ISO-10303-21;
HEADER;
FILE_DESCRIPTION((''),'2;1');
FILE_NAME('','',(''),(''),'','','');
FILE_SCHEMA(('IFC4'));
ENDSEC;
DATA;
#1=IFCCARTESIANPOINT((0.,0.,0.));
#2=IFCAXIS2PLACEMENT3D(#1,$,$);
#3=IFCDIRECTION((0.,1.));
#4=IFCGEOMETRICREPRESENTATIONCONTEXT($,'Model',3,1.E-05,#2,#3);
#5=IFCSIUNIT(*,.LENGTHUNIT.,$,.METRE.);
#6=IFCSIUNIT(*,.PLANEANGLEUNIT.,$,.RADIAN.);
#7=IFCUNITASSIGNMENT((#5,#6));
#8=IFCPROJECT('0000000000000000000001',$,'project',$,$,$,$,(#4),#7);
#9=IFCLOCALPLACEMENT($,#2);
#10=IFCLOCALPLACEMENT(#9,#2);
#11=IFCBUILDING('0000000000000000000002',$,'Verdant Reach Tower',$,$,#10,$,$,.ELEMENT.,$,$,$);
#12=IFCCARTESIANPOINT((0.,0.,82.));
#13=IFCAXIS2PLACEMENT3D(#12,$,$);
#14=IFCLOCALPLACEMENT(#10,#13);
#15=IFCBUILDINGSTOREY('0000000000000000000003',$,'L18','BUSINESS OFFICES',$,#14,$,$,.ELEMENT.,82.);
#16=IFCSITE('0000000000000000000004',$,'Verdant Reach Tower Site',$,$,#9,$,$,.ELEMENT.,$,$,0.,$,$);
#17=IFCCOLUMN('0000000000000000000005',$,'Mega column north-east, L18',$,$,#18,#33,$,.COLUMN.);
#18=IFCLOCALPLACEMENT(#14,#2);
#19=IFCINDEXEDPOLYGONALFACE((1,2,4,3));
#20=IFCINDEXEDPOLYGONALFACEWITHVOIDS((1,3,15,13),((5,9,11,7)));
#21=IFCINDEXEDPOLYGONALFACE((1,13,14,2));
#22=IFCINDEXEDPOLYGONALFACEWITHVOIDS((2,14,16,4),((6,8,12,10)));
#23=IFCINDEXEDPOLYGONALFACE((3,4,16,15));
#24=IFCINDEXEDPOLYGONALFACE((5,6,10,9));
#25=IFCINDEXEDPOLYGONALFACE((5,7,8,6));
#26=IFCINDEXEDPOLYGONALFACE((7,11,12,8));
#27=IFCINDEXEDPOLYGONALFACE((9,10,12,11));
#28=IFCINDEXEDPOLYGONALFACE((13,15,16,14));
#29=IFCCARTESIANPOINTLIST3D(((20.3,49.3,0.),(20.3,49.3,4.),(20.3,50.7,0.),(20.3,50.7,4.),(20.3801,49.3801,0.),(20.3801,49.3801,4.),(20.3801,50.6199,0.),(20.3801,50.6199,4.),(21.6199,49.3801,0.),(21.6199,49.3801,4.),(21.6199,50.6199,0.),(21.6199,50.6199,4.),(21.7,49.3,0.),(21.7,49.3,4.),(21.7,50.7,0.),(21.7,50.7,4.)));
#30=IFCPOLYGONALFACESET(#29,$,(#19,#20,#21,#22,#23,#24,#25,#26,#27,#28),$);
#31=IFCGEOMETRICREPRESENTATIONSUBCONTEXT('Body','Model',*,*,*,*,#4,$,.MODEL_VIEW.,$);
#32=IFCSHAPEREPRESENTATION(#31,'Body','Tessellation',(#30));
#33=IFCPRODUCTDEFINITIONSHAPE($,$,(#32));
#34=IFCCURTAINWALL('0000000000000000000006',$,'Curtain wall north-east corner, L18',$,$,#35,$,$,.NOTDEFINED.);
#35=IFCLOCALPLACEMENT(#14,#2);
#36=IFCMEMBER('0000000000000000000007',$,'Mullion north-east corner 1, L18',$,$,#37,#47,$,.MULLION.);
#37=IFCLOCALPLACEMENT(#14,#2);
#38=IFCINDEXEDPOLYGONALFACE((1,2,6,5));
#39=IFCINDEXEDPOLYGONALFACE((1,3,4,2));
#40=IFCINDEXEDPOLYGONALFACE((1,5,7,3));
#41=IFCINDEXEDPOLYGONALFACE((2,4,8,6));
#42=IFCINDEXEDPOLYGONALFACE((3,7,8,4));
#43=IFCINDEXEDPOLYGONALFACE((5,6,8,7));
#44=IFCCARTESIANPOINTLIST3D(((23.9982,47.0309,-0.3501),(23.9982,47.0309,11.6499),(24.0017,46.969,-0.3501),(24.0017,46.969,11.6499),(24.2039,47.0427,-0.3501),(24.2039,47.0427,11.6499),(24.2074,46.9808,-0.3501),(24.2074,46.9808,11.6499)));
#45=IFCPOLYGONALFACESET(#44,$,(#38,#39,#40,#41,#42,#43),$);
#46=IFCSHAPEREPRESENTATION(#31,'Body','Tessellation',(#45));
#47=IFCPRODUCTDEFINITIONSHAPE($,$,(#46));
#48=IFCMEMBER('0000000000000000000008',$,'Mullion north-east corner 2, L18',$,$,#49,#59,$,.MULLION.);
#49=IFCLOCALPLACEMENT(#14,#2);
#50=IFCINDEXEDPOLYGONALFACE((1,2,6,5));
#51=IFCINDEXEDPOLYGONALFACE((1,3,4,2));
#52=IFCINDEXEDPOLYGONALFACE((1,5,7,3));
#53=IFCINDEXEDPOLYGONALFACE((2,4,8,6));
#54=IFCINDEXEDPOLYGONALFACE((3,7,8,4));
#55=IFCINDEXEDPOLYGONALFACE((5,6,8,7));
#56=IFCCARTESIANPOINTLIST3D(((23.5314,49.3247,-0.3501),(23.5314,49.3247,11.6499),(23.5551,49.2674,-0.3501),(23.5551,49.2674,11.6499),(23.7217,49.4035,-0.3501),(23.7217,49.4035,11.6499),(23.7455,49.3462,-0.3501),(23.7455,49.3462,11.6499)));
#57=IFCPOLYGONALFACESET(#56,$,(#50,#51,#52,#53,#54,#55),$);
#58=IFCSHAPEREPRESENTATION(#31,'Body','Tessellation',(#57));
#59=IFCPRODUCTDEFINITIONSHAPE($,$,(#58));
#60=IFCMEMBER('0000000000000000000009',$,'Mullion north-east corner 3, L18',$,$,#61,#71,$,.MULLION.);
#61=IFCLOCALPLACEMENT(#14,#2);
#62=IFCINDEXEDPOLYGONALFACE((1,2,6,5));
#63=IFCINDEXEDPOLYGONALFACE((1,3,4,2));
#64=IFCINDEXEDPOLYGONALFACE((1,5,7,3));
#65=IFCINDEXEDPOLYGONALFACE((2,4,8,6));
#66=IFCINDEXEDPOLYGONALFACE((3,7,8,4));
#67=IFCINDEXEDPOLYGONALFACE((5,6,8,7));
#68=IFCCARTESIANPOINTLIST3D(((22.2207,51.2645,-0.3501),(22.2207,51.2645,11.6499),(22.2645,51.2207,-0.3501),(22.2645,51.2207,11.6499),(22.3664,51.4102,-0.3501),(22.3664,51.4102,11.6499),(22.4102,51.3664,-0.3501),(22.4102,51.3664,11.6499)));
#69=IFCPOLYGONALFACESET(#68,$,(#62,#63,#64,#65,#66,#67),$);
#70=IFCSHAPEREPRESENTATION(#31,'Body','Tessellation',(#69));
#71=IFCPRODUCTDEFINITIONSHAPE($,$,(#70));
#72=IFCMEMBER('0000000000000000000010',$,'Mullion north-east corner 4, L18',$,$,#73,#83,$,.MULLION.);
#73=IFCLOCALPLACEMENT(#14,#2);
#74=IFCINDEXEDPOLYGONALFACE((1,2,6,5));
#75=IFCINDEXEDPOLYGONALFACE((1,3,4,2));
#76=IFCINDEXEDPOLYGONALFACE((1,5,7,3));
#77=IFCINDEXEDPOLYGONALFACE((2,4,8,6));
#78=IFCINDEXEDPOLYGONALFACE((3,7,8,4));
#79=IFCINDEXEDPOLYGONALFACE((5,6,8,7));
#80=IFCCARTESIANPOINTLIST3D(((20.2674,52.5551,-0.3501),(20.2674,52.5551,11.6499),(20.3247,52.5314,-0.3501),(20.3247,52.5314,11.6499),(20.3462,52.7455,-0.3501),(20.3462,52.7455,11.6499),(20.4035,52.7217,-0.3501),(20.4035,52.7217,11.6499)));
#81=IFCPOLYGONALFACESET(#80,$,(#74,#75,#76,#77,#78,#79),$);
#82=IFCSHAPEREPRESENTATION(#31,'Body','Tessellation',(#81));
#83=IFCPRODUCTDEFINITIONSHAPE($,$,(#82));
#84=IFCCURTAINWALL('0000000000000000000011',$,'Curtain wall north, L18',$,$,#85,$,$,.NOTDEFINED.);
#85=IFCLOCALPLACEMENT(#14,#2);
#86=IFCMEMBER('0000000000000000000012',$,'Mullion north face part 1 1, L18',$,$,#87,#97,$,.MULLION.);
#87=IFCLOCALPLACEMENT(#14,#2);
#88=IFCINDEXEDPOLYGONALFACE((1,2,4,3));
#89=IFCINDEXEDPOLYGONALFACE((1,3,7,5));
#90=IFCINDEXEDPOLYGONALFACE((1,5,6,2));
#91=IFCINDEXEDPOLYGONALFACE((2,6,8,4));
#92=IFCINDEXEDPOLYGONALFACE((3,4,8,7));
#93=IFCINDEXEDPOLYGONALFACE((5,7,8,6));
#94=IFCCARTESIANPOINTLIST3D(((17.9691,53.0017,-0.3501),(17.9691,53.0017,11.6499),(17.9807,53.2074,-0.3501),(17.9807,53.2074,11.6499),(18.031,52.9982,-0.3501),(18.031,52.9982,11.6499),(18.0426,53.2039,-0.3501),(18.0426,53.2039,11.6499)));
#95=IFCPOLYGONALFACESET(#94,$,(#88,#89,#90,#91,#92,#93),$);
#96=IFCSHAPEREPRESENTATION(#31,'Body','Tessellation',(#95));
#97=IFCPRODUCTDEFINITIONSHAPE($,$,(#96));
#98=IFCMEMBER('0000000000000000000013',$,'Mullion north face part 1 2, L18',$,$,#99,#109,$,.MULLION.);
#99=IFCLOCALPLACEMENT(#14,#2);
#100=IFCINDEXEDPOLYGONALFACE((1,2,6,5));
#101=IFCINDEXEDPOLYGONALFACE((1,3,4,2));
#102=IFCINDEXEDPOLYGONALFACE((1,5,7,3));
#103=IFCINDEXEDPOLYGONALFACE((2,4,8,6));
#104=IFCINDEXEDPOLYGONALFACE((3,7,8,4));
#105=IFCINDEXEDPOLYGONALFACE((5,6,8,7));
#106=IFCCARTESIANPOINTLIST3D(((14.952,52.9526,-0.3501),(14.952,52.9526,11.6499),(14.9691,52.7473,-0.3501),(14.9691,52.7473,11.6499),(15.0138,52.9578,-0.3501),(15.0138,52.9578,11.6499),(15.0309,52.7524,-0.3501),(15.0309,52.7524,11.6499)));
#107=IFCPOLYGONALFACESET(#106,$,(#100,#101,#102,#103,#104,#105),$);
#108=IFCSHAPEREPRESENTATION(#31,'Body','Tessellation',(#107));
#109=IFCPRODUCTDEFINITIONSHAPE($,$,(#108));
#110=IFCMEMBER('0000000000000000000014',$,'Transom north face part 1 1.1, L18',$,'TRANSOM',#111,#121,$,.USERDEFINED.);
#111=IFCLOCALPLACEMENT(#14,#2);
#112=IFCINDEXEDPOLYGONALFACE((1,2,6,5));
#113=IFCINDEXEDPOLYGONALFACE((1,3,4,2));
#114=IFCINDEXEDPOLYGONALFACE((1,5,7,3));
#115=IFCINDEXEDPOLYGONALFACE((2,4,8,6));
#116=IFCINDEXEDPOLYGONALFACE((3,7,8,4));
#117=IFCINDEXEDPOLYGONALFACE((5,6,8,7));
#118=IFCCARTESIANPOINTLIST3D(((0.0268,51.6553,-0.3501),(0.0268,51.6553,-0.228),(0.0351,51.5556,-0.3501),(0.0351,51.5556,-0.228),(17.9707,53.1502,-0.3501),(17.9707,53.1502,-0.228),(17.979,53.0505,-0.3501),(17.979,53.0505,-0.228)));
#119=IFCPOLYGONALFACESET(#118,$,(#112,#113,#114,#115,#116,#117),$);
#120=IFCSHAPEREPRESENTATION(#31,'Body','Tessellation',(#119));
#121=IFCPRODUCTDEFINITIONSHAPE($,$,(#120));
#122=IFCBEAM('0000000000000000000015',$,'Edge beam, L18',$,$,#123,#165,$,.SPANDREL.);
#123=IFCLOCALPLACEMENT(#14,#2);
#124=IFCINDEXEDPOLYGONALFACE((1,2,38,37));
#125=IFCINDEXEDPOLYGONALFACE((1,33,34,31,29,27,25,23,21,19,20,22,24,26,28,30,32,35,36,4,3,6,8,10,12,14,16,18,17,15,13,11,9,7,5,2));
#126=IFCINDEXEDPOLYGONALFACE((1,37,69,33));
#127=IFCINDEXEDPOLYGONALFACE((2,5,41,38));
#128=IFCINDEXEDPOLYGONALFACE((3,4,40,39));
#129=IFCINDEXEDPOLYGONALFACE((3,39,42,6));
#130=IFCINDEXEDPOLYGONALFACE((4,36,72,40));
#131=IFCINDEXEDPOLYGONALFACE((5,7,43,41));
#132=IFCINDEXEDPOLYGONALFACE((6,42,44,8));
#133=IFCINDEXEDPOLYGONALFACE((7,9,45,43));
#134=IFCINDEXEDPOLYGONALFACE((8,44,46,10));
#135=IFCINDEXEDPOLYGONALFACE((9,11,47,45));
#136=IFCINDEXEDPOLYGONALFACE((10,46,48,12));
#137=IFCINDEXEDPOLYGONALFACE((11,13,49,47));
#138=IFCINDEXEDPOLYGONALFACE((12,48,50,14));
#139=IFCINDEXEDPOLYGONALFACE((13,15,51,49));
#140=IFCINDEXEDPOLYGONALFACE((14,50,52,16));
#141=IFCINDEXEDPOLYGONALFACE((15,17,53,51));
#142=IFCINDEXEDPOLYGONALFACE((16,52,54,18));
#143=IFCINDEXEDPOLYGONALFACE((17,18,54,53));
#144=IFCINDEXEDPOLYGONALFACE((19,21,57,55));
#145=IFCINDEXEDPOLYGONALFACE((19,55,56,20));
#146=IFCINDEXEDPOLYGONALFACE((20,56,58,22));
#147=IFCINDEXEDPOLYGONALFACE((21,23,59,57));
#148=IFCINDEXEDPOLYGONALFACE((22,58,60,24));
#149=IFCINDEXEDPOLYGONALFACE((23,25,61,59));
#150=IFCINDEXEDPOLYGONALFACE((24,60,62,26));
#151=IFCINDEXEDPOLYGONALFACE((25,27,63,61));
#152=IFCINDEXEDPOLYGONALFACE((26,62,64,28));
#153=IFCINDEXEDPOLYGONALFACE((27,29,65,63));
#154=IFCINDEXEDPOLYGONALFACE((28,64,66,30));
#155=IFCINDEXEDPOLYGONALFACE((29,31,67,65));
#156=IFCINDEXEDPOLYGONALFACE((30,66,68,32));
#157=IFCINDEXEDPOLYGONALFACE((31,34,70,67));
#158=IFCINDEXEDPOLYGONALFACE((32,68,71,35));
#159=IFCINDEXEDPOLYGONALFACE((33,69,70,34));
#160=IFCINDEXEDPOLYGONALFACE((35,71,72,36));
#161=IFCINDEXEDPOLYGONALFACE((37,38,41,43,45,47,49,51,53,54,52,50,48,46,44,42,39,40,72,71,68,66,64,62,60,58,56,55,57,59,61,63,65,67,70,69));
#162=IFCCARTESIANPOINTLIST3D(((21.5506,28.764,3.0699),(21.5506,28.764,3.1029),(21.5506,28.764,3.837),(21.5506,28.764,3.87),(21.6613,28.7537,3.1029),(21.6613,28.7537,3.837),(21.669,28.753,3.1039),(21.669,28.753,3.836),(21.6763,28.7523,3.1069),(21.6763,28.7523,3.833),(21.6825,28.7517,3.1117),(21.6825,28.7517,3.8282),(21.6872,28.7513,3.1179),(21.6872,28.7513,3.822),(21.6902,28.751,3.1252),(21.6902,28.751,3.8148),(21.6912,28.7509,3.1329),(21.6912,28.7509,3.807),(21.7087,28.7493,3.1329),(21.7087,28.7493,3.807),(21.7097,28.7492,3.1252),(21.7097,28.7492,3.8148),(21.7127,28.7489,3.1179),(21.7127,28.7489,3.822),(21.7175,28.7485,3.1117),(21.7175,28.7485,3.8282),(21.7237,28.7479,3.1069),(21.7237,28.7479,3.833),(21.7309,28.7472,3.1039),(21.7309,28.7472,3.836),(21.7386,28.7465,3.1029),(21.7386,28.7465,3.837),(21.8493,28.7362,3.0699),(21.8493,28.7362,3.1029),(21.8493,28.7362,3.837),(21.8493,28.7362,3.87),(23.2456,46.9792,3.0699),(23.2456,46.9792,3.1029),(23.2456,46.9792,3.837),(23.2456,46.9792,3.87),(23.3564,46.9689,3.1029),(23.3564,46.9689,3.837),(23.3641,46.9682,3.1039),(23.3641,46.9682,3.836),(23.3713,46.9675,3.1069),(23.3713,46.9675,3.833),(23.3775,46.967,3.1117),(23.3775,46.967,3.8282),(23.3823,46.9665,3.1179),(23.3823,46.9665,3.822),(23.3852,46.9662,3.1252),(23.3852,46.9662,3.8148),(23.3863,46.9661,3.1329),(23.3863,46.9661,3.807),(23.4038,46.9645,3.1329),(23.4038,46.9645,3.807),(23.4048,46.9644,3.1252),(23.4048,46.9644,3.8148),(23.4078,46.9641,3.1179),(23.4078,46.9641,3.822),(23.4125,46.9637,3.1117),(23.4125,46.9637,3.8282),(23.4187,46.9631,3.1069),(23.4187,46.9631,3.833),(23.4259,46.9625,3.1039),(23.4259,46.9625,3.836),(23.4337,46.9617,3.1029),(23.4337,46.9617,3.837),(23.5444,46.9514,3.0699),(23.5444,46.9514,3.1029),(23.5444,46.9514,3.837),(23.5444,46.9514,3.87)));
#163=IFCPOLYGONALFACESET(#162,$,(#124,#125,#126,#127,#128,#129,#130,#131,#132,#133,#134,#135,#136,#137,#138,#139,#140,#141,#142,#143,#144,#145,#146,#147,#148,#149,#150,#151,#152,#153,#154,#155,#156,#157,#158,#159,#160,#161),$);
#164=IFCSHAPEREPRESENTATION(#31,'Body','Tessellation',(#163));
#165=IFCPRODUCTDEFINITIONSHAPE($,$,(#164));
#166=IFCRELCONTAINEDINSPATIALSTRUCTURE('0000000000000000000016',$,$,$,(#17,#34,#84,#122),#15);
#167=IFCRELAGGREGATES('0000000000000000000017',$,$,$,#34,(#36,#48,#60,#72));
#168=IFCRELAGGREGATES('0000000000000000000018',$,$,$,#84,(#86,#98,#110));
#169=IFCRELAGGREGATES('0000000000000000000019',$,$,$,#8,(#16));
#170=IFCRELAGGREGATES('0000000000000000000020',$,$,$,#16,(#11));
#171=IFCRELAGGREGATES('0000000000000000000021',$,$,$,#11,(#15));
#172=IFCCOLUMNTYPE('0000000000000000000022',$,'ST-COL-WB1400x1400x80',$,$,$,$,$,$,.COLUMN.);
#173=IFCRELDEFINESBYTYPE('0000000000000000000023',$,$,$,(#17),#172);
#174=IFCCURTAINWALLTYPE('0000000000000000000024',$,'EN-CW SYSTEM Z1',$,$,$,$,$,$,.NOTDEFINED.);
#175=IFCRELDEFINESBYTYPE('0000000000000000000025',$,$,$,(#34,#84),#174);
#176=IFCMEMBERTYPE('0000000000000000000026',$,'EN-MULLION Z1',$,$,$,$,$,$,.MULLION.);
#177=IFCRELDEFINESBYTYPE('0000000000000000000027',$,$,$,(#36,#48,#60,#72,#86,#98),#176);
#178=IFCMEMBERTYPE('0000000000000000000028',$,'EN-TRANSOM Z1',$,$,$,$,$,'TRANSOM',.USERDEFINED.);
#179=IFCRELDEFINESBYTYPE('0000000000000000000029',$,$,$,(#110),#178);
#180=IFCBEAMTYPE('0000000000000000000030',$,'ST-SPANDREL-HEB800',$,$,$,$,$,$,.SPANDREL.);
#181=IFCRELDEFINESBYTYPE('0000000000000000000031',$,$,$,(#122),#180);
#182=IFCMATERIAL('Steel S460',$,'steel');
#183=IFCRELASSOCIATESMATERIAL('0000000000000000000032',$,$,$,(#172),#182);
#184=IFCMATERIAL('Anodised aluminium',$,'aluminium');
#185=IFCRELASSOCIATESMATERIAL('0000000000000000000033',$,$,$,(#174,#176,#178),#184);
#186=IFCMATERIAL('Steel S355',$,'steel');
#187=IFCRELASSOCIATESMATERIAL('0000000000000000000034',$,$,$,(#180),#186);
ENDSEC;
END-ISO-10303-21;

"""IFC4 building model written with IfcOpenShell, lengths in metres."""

from ifc_helpers import new_model, si_unit, direction, frame, origin, origin_2d, place, context, subcontext, project, spatial, rectangle, hollow_rectangle, i_section, extrude, material, material_profile, profile_set, type_object, element, aggregate, save


model = new_model("IFC4")

# Units and contexts
model_context = context("Model", 3, precision=1e-05, world=origin(), true_north=direction((0.0, 1.0)))
body_context = subcontext(model_context, "Body", "Model", "MODEL_VIEW")
ifc_project = project(units=[si_unit("LENGTHUNIT", "METRE"), si_unit("PLANEANGLEUNIT", "RADIAN")], contexts=[model_context])

# Site, building, storey
site_placement = place(None, origin())
site = spatial("IfcSite", under=ifc_project, at=site_placement, Name="Verdant Reach Tower Site", CompositionType="ELEMENT", RefElevation=0.0)
building_placement = place(site_placement, origin())
building = spatial("IfcBuilding", under=site, at=building_placement, Name="Verdant Reach Tower", CompositionType="ELEMENT")
storey_placement = place(building_placement, frame((0.0, 0.0, 82.0)))
storey = spatial("IfcBuildingStorey", under=building, at=storey_placement, Name="L18", Description="BUSINESS OFFICES", CompositionType="ELEMENT", Elevation=82.0)

# Column
ifc_material_1 = material(Name="Steel S460", Category="steel")
ifc_material_profile_1 = material_profile(ifc_material_1, hollow_rectangle(XDim=1.3999, YDim=1.3999, WallThickness=0.0801, at=origin_2d()), Name="WB 1400x1400x80")
ifc_profile_set_1 = profile_set([ifc_material_profile_1], Name="Steel S460")
column_type = type_object("IfcColumnType", Name="ST-COL-WB1400x1400x80", PredefinedType="COLUMN", material=ifc_profile_set_1)
column_placement = place(storey_placement, frame((21.0, 50.0, 0.0), z_axis=(0.0, 0.0, 1.0), x_axis=(1.0, 0.0, 0.0)))
element("IfcColumn", 1, at=column_placement, inside=storey, type_object=column_type, Name="Mega column north-east, L18", PredefinedType="COLUMN", context=body_context, shape_type="SweptSolid", body=[
    extrude(hollow_rectangle(XDim=1.3999, YDim=1.3999, WallThickness=0.0801, at=origin_2d()), origin(), (0.0, 0.0, 1.0), 4.0),
])

# Curtain walls, members
ifc_material_2 = material(Name="Anodised aluminium", Category="aluminium")
curtain_wall_type = type_object("IfcCurtainWallType", Name="EN-CW SYSTEM Z1", PredefinedType="NOTDEFINED", material=ifc_material_2)
curtain_wall_1_placement = place(storey_placement, origin())
curtain_wall_1 = element("IfcCurtainWall", 2, at=curtain_wall_1_placement, inside=storey, type_object=curtain_wall_type, Name="Curtain wall north-east corner, L18", PredefinedType="NOTDEFINED")
ifc_material_profile_2 = material_profile(ifc_material_2, rectangle(XDim=0.2061, YDim=0.062, at=origin_2d()), Name="Mullion 62x206")
ifc_profile_set_2 = profile_set([ifc_material_profile_2], Name="Anodised aluminium")
member_type_1 = type_object("IfcMemberType", Name="EN-MULLION Z1", PredefinedType="MULLION", material=ifc_profile_set_2)
member_1_placement = place(storey_placement, frame((24.1028, 47.0059, -0.3501), z_axis=(0.0, 0.0, 1.0), x_axis=(0.998366, 0.057135, 0.0)))
member_1 = element("IfcMember", 3, at=member_1_placement, type_object=member_type_1, Name="Mullion north-east corner 1, L18", PredefinedType="MULLION", context=body_context, shape_type="SweptSolid", body=[
    extrude(rectangle(XDim=0.2061, YDim=0.062, at=origin_2d()), origin(), (0.0, 0.0, 1.0), 12.0),
])
member_2_placement = place(storey_placement, frame((23.6384, 49.3354, -0.3501), z_axis=(0.0, 0.0, 1.0), x_axis=(0.923875, 0.382694, 0.0)))
member_2 = element("IfcMember", 4, at=member_2_placement, type_object=member_type_1, Name="Mullion north-east corner 2, L18", PredefinedType="MULLION", context=body_context, shape_type="SweptSolid", body=[
    extrude(rectangle(XDim=0.2061, YDim=0.062, at=origin_2d()), origin(), (0.0, 0.0, 1.0), 12.0),
])
member_3_placement = place(storey_placement, frame((22.3154, 51.3154, -0.3501), z_axis=(0.0, 0.0, 1.0), x_axis=(0.707107, 0.707107, 0.0)))
member_3 = element("IfcMember", 5, at=member_3_placement, type_object=member_type_1, Name="Mullion north-east corner 3, L18", PredefinedType="MULLION", context=body_context, shape_type="SweptSolid", body=[
    extrude(rectangle(XDim=0.2061, YDim=0.062, at=origin_2d()), origin(), (0.0, 0.0, 1.0), 12.0),
])
member_4_placement = place(storey_placement, frame((20.3354, 52.6384, -0.3501), z_axis=(0.0, 0.0, 1.0), x_axis=(0.382694, 0.923875, 0.0)))
member_4 = element("IfcMember", 6, at=member_4_placement, type_object=member_type_1, Name="Mullion north-east corner 4, L18", PredefinedType="MULLION", context=body_context, shape_type="SweptSolid", body=[
    extrude(rectangle(XDim=0.2061, YDim=0.062, at=origin_2d()), origin(), (0.0, 0.0, 1.0), 12.0),
])
curtain_wall_2_placement = place(storey_placement, origin())
curtain_wall_2 = element("IfcCurtainWall", 7, at=curtain_wall_2_placement, inside=storey, type_object=curtain_wall_type, Name="Curtain wall north, L18", PredefinedType="NOTDEFINED")
member_5_placement = place(storey_placement, frame((18.0059, 53.1028, -0.3501), z_axis=(0.0, 0.0, 1.0), x_axis=(0.056569, 0.998399, 0.0)))
member_5 = element("IfcMember", 8, at=member_5_placement, type_object=member_type_1, Name="Mullion north face part 1 1, L18", PredefinedType="MULLION", context=body_context, shape_type="SweptSolid", body=[
    extrude(rectangle(XDim=0.2061, YDim=0.062, at=origin_2d()), origin(), (0.0, 0.0, 1.0), 12.0),
])
member_6_placement = place(storey_placement, frame((14.9915, 52.8525, -0.3501), z_axis=(0.0, 0.0, 1.0), x_axis=(-0.083045, 0.996546, 0.0)))
member_6 = element("IfcMember", 9, at=member_6_placement, type_object=member_type_1, Name="Mullion north face part 1 2, L18", PredefinedType="MULLION", context=body_context, shape_type="SweptSolid", body=[
    extrude(rectangle(XDim=0.2061, YDim=0.062, at=origin_2d()), origin(), (0.0, 0.0, 1.0), 12.0),
])
ifc_material_profile_3 = material_profile(ifc_material_2, rectangle(XDim=0.1001, YDim=0.1221, at=origin_2d()), Name="Transom 122x100")
ifc_profile_set_3 = profile_set([ifc_material_profile_3], Name="Anodised aluminium")
member_type_2 = type_object("IfcMemberType", Name="EN-TRANSOM Z1", ElementType="TRANSOM", PredefinedType="USERDEFINED", material=ifc_profile_set_3)
member_7_placement = place(storey_placement, frame((17.9749, 53.1003, -0.2891), z_axis=(-0.996548, -0.083021, 0.0), x_axis=(0.083021, -0.996548, 0.0)))
member_7 = element("IfcMember", 10, at=member_7_placement, type_object=member_type_2, Name="Transom north face part 1 1.1, L18", ObjectType="TRANSOM", PredefinedType="USERDEFINED", context=body_context, shape_type="SweptSolid", body=[
    extrude(rectangle(XDim=0.1001, YDim=0.1221, at=origin_2d()), origin(), (0.0, 0.0, 1.0), 18.0061),
])

# Beam
ifc_material_3 = material(Name="Steel S355", Category="steel")
ifc_material_profile_4 = material_profile(ifc_material_3, i_section(OverallWidth=0.3, OverallDepth=0.8, WebThickness=0.0176, FlangeThickness=0.033, FilletRadius=0.03, at=origin_2d()), Name="HEB 800")
ifc_profile_set_4 = profile_set([ifc_material_profile_4], Name="Steel S355")
beam_type_1 = type_object("IfcBeamType", Name="ST-SPANDREL-HEB800", PredefinedType="SPANDREL", material=ifc_profile_set_4)
beam_1_placement = place(storey_placement, frame((23.395, 46.9653, 3.47), z_axis=(-0.092657, -0.995698, 0.0), x_axis=(0.995698, -0.092657, 0.0)))
element("IfcBeam", 11, at=beam_1_placement, inside=storey, type_object=beam_type_1, Name="Edge beam, L18", PredefinedType="SPANDREL", context=body_context, shape_type="SweptSolid", body=[
    extrude(i_section(OverallWidth=0.3, OverallDepth=0.8, WebThickness=0.0176, FlangeThickness=0.033, FilletRadius=0.03, at=origin_2d()), origin(), (0.0, 0.0, 1.0), 18.2939),
])

aggregate(curtain_wall_1, [member_1, member_2, member_3, member_4])
aggregate(curtain_wall_2, [member_5, member_6, member_7])

save(model, "model.ifc")
